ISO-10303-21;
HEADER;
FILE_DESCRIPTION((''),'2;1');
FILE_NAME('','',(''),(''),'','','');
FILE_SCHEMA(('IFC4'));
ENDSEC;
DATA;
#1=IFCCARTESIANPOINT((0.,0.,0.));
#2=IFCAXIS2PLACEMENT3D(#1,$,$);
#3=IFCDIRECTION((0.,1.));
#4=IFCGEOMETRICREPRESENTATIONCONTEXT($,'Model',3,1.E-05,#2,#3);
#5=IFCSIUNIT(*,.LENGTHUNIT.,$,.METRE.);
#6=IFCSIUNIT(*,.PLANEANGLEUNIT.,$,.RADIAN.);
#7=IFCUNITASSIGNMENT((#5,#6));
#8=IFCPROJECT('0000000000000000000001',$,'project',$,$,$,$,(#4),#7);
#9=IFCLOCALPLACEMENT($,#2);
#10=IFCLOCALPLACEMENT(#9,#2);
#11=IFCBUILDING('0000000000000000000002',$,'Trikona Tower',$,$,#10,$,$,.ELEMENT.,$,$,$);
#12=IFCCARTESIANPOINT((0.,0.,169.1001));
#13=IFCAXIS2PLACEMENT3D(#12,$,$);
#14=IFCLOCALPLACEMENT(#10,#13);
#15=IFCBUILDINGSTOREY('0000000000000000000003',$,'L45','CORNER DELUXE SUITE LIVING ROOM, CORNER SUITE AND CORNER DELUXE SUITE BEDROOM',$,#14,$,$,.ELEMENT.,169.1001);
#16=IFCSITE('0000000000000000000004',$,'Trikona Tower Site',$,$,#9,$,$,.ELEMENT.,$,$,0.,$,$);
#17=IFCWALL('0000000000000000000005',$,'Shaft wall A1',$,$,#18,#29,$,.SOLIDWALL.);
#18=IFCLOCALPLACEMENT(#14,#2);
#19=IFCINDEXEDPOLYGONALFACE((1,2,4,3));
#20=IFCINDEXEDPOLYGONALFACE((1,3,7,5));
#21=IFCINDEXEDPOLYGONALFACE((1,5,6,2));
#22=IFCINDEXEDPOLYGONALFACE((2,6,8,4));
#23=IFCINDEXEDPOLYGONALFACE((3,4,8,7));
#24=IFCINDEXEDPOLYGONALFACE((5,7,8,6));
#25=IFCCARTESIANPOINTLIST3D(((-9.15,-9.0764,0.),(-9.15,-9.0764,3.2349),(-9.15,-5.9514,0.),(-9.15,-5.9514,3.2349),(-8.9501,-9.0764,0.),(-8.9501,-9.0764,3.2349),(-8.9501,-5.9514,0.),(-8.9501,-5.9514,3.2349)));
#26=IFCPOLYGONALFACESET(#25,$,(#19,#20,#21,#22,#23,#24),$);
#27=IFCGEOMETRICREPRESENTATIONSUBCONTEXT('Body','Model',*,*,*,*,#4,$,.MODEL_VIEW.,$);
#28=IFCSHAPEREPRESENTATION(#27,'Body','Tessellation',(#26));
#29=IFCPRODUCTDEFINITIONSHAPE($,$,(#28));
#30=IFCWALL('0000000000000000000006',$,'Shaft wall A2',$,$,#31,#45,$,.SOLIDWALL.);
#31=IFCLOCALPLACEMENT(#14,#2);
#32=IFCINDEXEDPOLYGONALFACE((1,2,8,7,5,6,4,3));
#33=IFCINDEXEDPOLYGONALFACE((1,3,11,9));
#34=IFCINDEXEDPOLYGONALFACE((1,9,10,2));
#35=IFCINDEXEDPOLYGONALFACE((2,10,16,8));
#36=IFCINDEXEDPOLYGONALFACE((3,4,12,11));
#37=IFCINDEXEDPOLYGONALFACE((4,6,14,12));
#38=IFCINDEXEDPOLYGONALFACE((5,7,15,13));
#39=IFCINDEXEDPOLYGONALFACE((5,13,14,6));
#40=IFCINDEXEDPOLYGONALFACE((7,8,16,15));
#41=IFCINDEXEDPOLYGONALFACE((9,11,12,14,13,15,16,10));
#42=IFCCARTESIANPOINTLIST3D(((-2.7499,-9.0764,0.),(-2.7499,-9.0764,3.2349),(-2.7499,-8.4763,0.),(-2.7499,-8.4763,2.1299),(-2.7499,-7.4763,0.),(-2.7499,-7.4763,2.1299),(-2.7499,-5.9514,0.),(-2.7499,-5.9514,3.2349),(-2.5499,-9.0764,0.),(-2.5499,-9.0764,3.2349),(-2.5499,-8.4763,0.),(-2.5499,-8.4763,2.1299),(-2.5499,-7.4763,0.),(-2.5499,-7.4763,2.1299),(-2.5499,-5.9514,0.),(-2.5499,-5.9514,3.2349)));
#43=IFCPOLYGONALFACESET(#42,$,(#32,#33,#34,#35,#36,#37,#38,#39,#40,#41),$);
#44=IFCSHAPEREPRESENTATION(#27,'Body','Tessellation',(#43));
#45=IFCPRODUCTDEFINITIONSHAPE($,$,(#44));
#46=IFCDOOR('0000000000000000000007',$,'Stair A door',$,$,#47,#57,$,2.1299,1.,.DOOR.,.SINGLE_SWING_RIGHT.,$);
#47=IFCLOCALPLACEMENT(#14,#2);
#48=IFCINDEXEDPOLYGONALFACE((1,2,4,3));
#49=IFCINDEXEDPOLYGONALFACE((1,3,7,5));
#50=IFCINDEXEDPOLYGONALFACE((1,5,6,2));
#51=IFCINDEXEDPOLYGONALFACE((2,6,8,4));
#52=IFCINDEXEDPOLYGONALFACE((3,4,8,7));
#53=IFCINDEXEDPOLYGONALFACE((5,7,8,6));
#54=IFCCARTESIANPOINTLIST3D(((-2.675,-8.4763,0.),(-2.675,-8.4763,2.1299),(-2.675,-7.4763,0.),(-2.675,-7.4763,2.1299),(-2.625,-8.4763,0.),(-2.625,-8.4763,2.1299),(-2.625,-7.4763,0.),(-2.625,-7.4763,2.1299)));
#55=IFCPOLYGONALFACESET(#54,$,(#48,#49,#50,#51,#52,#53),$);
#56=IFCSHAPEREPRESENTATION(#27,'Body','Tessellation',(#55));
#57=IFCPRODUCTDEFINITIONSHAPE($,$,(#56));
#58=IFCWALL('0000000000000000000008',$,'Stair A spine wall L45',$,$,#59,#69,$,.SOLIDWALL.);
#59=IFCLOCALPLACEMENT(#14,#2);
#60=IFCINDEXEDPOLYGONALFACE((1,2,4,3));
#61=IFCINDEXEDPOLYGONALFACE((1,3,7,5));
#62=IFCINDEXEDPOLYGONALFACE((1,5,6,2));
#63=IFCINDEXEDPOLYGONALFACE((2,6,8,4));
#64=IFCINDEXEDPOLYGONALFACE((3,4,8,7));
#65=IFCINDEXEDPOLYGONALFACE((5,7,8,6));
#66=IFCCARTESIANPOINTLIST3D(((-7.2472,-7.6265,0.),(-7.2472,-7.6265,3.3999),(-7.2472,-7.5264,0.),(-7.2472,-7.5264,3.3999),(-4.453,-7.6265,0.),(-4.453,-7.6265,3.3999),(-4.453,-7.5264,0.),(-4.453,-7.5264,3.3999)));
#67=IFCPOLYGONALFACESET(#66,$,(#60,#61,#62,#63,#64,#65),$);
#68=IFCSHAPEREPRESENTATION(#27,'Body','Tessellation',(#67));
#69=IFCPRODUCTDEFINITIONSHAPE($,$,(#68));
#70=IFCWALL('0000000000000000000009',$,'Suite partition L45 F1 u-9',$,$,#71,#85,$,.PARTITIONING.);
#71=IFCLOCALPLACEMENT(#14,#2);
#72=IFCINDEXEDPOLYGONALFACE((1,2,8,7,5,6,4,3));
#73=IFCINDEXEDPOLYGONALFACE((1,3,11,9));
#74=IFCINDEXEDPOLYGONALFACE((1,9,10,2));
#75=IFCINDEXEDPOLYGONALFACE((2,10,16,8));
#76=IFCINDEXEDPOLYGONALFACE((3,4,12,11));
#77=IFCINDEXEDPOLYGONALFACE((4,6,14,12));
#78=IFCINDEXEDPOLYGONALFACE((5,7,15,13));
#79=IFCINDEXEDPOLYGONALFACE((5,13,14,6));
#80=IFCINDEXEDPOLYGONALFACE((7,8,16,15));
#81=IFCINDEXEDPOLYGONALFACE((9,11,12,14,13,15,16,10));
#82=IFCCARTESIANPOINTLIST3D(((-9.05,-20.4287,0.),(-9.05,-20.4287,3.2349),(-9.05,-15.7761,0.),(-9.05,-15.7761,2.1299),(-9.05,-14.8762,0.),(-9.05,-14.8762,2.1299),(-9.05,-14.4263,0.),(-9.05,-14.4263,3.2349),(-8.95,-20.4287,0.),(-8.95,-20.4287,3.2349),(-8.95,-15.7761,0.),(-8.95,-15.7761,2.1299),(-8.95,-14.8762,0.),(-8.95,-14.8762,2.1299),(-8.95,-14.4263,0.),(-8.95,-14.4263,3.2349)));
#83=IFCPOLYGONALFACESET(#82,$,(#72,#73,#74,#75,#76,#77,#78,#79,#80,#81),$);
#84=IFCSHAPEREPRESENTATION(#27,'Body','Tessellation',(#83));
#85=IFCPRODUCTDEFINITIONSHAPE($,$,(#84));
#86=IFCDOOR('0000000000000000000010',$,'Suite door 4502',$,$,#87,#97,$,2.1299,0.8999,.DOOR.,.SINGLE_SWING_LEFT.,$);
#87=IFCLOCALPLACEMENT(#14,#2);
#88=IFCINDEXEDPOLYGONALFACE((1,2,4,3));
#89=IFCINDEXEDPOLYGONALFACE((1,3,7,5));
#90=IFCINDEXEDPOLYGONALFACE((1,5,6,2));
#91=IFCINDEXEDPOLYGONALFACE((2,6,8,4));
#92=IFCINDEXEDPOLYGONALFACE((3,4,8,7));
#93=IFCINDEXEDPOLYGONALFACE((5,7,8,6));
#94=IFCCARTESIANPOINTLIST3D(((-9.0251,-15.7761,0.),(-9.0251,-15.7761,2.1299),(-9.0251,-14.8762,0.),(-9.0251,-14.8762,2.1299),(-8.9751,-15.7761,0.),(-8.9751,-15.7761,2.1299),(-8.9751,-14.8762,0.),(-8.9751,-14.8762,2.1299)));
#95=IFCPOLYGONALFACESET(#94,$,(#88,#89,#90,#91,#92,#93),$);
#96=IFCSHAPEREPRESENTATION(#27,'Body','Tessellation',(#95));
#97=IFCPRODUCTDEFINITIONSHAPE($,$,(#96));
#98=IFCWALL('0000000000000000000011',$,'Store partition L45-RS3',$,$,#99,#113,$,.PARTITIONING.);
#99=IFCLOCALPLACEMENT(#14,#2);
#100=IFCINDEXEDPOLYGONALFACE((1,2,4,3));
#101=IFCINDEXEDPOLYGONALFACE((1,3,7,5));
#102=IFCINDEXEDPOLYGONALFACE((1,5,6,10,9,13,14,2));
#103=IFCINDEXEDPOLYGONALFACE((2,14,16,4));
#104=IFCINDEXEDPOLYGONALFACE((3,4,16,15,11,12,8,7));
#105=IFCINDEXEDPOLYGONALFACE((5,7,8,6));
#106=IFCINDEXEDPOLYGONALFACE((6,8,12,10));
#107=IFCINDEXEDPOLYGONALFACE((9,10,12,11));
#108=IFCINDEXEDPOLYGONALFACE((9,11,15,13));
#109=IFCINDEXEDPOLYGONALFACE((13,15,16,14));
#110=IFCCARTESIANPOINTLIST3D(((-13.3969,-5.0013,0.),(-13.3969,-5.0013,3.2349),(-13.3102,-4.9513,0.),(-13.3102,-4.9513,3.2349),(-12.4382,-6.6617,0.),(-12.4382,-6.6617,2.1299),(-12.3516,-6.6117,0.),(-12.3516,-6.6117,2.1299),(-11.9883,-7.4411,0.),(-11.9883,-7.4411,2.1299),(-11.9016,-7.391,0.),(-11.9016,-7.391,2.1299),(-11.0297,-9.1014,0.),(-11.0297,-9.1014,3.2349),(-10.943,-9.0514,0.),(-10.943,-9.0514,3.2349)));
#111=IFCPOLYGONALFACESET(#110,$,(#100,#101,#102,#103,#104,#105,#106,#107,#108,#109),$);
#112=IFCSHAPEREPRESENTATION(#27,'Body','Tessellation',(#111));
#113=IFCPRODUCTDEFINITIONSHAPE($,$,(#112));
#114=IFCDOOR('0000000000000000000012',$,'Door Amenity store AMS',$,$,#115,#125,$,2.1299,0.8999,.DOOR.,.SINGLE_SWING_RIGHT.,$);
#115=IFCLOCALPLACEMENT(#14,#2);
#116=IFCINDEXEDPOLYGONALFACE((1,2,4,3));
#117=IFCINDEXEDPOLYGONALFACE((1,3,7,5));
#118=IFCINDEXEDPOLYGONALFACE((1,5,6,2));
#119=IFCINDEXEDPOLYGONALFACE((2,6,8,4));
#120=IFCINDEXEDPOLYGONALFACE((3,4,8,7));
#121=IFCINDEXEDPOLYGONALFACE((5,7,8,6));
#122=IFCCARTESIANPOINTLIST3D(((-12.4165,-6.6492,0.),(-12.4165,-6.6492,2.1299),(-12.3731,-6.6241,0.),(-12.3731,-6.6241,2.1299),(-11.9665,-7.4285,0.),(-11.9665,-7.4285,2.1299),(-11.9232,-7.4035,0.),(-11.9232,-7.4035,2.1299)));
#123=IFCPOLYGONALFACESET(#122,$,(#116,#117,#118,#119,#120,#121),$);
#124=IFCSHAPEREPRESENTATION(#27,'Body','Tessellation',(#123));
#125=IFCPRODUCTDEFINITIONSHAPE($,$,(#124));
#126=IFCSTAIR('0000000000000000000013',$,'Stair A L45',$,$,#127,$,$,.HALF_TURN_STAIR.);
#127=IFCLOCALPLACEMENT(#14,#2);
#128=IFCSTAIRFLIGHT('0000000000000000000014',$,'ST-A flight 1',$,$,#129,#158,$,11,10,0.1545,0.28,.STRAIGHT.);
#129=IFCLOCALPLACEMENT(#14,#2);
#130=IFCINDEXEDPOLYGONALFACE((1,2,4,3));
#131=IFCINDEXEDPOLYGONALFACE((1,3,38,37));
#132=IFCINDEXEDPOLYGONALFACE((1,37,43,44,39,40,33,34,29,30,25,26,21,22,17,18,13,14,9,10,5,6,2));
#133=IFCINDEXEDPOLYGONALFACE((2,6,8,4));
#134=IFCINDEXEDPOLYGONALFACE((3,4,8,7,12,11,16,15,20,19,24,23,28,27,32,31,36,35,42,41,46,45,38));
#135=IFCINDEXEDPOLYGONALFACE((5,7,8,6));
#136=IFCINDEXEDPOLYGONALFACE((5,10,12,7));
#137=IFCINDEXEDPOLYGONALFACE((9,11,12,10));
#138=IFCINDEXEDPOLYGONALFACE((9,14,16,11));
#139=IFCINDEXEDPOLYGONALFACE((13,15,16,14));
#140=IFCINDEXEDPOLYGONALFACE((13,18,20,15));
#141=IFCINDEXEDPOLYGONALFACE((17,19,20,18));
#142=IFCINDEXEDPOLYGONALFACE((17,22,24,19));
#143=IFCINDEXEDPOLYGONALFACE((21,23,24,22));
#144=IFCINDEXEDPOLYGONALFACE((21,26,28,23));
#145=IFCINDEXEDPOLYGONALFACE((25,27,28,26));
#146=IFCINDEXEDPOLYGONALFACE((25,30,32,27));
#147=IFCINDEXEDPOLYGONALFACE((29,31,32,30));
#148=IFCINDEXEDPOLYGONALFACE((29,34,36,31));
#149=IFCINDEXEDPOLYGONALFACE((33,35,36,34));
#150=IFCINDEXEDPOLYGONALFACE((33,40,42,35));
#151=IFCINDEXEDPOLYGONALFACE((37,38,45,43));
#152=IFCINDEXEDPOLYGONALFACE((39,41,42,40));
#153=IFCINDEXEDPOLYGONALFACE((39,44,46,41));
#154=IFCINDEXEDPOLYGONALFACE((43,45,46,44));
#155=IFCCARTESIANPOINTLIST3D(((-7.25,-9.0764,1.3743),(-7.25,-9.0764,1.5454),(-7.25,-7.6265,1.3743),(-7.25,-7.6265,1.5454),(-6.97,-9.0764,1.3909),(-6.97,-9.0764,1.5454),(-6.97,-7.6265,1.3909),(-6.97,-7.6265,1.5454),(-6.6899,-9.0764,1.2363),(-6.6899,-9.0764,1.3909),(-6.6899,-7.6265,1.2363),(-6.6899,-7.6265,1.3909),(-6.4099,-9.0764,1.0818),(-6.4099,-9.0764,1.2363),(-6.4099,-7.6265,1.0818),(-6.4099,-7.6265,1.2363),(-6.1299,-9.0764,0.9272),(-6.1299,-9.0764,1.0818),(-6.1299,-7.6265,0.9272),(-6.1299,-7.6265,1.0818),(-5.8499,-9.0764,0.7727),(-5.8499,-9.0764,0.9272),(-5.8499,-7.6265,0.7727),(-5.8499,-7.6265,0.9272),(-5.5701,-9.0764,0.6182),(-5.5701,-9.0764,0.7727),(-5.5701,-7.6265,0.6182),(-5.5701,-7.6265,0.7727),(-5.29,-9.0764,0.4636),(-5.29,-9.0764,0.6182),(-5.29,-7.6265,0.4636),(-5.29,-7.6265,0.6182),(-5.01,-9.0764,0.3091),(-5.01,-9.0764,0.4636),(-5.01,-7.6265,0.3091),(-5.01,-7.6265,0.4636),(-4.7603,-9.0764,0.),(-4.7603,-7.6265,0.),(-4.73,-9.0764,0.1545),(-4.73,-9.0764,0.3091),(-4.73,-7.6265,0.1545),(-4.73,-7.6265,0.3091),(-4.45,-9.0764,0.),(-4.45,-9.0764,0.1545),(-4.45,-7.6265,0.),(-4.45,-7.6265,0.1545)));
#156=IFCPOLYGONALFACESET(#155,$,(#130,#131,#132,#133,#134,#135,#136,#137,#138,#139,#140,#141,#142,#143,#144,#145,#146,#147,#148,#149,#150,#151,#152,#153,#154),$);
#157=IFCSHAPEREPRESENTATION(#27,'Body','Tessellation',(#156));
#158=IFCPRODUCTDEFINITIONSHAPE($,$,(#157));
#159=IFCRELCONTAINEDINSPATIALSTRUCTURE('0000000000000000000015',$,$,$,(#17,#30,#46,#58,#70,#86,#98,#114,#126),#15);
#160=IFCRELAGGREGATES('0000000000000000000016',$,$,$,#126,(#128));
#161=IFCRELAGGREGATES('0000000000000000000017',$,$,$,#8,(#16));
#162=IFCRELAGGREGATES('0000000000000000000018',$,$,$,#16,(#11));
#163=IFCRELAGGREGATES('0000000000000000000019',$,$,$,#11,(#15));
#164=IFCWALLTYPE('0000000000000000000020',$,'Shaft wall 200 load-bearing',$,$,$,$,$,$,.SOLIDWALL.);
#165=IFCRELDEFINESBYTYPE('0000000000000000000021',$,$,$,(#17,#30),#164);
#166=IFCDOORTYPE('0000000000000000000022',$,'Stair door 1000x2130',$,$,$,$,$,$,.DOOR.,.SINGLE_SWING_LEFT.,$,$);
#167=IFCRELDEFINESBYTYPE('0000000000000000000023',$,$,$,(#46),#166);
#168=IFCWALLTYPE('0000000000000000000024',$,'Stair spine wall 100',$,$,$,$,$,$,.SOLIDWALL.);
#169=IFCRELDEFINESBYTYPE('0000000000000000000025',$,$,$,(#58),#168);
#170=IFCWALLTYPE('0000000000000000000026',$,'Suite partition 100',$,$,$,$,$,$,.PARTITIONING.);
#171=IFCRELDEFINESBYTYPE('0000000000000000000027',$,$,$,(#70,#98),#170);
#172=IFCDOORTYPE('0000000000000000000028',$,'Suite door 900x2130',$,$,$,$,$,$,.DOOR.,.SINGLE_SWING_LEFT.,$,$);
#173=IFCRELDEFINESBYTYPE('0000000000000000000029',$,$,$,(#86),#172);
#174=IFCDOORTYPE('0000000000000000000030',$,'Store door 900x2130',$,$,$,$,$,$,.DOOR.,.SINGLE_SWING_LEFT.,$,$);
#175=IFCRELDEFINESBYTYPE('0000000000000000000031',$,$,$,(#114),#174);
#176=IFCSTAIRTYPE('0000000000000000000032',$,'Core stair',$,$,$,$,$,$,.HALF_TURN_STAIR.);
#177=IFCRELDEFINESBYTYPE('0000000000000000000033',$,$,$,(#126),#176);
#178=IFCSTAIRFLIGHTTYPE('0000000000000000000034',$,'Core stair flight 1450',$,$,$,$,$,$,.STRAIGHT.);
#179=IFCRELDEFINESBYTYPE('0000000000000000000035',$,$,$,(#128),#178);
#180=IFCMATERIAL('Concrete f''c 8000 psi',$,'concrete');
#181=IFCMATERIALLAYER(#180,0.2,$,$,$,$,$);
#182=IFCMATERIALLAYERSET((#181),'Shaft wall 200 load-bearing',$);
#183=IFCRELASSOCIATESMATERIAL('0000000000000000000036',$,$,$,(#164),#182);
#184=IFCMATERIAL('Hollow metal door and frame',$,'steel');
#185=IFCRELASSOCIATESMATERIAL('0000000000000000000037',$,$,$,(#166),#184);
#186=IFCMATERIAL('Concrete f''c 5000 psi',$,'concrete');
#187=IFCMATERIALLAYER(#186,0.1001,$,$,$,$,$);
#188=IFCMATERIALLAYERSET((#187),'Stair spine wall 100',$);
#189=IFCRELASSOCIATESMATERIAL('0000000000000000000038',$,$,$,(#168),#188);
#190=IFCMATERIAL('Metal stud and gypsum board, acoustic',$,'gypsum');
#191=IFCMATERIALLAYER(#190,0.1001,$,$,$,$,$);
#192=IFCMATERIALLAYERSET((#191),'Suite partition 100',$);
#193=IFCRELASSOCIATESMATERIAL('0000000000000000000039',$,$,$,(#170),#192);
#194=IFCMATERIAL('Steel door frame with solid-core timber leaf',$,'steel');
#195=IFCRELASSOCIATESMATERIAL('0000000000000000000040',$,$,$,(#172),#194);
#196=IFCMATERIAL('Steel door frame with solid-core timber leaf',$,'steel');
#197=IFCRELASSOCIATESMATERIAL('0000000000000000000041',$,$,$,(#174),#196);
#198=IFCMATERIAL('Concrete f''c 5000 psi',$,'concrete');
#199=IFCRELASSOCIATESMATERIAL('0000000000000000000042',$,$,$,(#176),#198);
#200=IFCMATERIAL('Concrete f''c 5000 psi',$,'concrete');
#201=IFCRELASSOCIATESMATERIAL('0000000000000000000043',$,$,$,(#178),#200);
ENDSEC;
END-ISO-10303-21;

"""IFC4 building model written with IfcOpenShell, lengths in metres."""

from ifc_helpers import new_model, si_unit, direction, frame, frame_2d, origin, place, context, subcontext, project, spatial, polyline, rectangle, outline, extrude, material, layer, layer_set, type_object, element, fill, aggregate, save


model = new_model("IFC4")

# Units and contexts
model_context = context("Model", 3, precision=1e-05, world=origin(), true_north=direction((0.0, 1.0)))
body_context = subcontext(model_context, "Body", "Model", "MODEL_VIEW")
ifc_project = project(units=[si_unit("LENGTHUNIT", "METRE"), si_unit("PLANEANGLEUNIT", "RADIAN")], contexts=[model_context])

# Site, building, storey
site_placement = place(None, origin())
site = spatial("IfcSite", under=ifc_project, at=site_placement, Name="Trikona Tower Site", CompositionType="ELEMENT", RefElevation=0.0)
building_placement = place(site_placement, origin())
building = spatial("IfcBuilding", under=site, at=building_placement, Name="Trikona Tower", CompositionType="ELEMENT")
storey_placement = place(building_placement, frame((0.0, 0.0, 169.1001)))
storey = spatial("IfcBuildingStorey", under=building, at=storey_placement, Name="L45", Description="CORNER DELUXE SUITE LIVING ROOM, CORNER SUITE AND CORNER DELUXE SUITE BEDROOM", CompositionType="ELEMENT", Elevation=169.1001)

# Wall
ifc_material_1 = material(Name="Concrete f'c 8000 psi", Category="concrete")
ifc_layer_1 = layer(ifc_material_1, 0.2)
ifc_layer_set_1 = layer_set([ifc_layer_1], Name="Shaft wall 200 load-bearing")
wall_type_1 = type_object("IfcWallType", Name="Shaft wall 200 load-bearing", PredefinedType="SOLIDWALL", material=ifc_layer_set_1)
wall_1_placement = place(storey_placement, frame((-9.05, -5.9514, 0.0), z_axis=(0.0, 0.0, 1.0), x_axis=(0.0, -1.0, 0.0)))
element("IfcWall", 1, at=wall_1_placement, inside=storey, type_object=wall_type_1, Name="Shaft wall A1", PredefinedType="SOLIDWALL", context=body_context, shape_type="SweptSolid", body=[
    extrude(rectangle(XDim=3.125, YDim=0.2, at=frame_2d((1.5625, 0.0))), origin(), (0.0, 0.0, 1.0), 3.2349),
])

# Wall, opening, door
wall_2_placement = place(storey_placement, frame((-2.6499, -5.9514, 0.0), z_axis=(0.0, 0.0, 1.0), x_axis=(0.0, -1.0, 0.0)))
wall_2 = element("IfcWall", 2, at=wall_2_placement, inside=storey, type_object=wall_type_1, Name="Shaft wall A2", PredefinedType="SOLIDWALL", context=body_context, shape_type="SweptSolid", body=[
    extrude(rectangle(XDim=3.125, YDim=0.2, at=frame_2d((1.5625, 0.0))), origin(), (0.0, 0.0, 1.0), 3.2349),
])
opening_1_placement = place(wall_2_placement, frame((1.5249, 0.0, 0.0)))
opening_1 = element("IfcOpeningElement", 3, at=opening_1_placement, cuts=wall_2, PredefinedType="OPENING", context=body_context, shape_type="SweptSolid", body=[
    extrude(rectangle(XDim=1.0, YDim=2.1299, at=frame_2d((0.5, 1.0649))), frame((0.0, 0.1099, 0.0), z_axis=(0.0, -1.0, 0.0), x_axis=(1.0, 0.0, 0.0)), (0.0, 0.0, 1.0), 0.22),
])
ifc_material_2 = material(Name="Hollow metal door and frame", Category="steel")
door_type_1 = type_object("IfcDoorType", Name="Stair door 1000x2130", OperationType="SINGLE_SWING_LEFT", PredefinedType="DOOR", material=ifc_material_2)
door_1_placement = place(opening_1_placement, origin())
door_1 = element("IfcDoor", 4, at=door_1_placement, inside=storey, type_object=door_type_1, Name="Stair A door", OperationType="SINGLE_SWING_RIGHT", OverallHeight=2.1299, OverallWidth=1.0, PredefinedType="DOOR", context=body_context, shape_type="SweptSolid", body=[
    extrude(rectangle(XDim=1.0, YDim=2.1299, at=frame_2d((0.5, 1.0649))), frame((0.0, 0.0249, 0.0), z_axis=(0.0, -1.0, 0.0), x_axis=(1.0, 0.0, 0.0)), (0.0, 0.0, 1.0), 0.05),
])
fill(opening_1, door_1)

# Wall
ifc_material_3 = material(Name="Concrete f'c 5000 psi", Category="concrete")
ifc_layer_2 = layer(ifc_material_3, 0.1001)
ifc_layer_set_2 = layer_set([ifc_layer_2], Name="Stair spine wall 100")
wall_type_2 = type_object("IfcWallType", Name="Stair spine wall 100", PredefinedType="SOLIDWALL", material=ifc_layer_set_2)
wall_3_placement = place(storey_placement, frame((-7.2471, -7.5764, 0.0), z_axis=(0.0, 0.0, 1.0), x_axis=(1.0, 0.0, 0.0)))
element("IfcWall", 5, at=wall_3_placement, inside=storey, type_object=wall_type_2, Name="Stair A spine wall L45", PredefinedType="SOLIDWALL", context=body_context, shape_type="SweptSolid", body=[
    extrude(rectangle(XDim=2.7942, YDim=0.1001, at=frame_2d((1.397, 0.0))), origin(), (0.0, 0.0, 1.0), 3.3999),
])

# Walls, openings, doors
ifc_material_4 = material(Name="Metal stud and gypsum board, acoustic", Category="gypsum")
ifc_layer_3 = layer(ifc_material_4, 0.1001)
ifc_layer_set_3 = layer_set([ifc_layer_3], Name="Suite partition 100")
wall_type_3 = type_object("IfcWallType", Name="Suite partition 100", PredefinedType="PARTITIONING", material=ifc_layer_set_3)
wall_4_placement = place(storey_placement, frame((-9.0, -14.4263, 0.0), z_axis=(0.0, 0.0, 1.0), x_axis=(0.0, -1.0, 0.0)))
wall_4 = element("IfcWall", 6, at=wall_4_placement, inside=storey, type_object=wall_type_3, Name="Suite partition L45 F1 u-9", PredefinedType="PARTITIONING", context=body_context, shape_type="SweptSolid", body=[
    extrude(rectangle(XDim=6.0024, YDim=0.1001, at=frame_2d((3.0012, 0.0))), origin(), (0.0, 0.0, 1.0), 3.2349),
])
opening_2_placement = place(wall_4_placement, frame((0.45, 0.0, 0.0)))
opening_2 = element("IfcOpeningElement", 7, at=opening_2_placement, cuts=wall_4, PredefinedType="OPENING", context=body_context, shape_type="SweptSolid", body=[
    extrude(rectangle(XDim=0.8999, YDim=2.1299, at=frame_2d((0.45, 1.0649))), frame((0.0, 0.0601, 0.0), z_axis=(0.0, -1.0, 0.0), x_axis=(1.0, 0.0, 0.0)), (0.0, 0.0, 1.0), 0.1201),
])
ifc_material_5 = material(Name="Steel door frame with solid-core timber leaf", Category="steel")
door_type_2 = type_object("IfcDoorType", Name="Suite door 900x2130", OperationType="SINGLE_SWING_LEFT", PredefinedType="DOOR", material=ifc_material_5)
door_2_placement = place(opening_2_placement, origin())
door_2 = element("IfcDoor", 8, at=door_2_placement, inside=storey, type_object=door_type_2, Name="Suite door 4502", OperationType="SINGLE_SWING_LEFT", OverallHeight=2.1299, OverallWidth=0.8999, PredefinedType="DOOR", context=body_context, shape_type="SweptSolid", body=[
    extrude(rectangle(XDim=0.8999, YDim=2.1299, at=frame_2d((0.45, 1.0649))), frame((0.0, 0.0249, 0.0), z_axis=(0.0, -1.0, 0.0), x_axis=(1.0, 0.0, 0.0)), (0.0, 0.0, 1.0), 0.05),
])
fill(opening_2, door_2)
wall_5_placement = place(storey_placement, frame((-10.9863, -9.0764, 0.0), z_axis=(0.0, 0.0, 1.0), x_axis=(-0.499999, 0.866026, 0.0)))
wall_5 = element("IfcWall", 9, at=wall_5_placement, inside=storey, type_object=wall_type_3, Name="Store partition L45-RS3", PredefinedType="PARTITIONING", context=body_context, shape_type="SweptSolid", body=[
    extrude(rectangle(XDim=4.7344, YDim=0.1001, at=frame_2d((2.3672, 0.0))), origin(), (0.0, 0.0, 1.0), 3.2349),
])
opening_3_placement = place(wall_5_placement, frame((1.9172, 0.0, 0.0)))
opening_3 = element("IfcOpeningElement", 10, at=opening_3_placement, cuts=wall_5, PredefinedType="OPENING", context=body_context, shape_type="SweptSolid", body=[
    extrude(rectangle(XDim=0.8999, YDim=2.1299, at=frame_2d((0.45, 1.0649))), frame((0.0, 0.0601, 0.0), z_axis=(0.0, -1.0, 0.0), x_axis=(1.0, 0.0, 0.0)), (0.0, 0.0, 1.0), 0.1201),
])
ifc_material_6 = material(Name="Steel door frame with solid-core timber leaf", Category="steel")
door_type_3 = type_object("IfcDoorType", Name="Store door 900x2130", OperationType="SINGLE_SWING_LEFT", PredefinedType="DOOR", material=ifc_material_6)
door_3_placement = place(opening_3_placement, origin())
door_3 = element("IfcDoor", 11, at=door_3_placement, inside=storey, type_object=door_type_3, Name="Door Amenity store AMS", OperationType="SINGLE_SWING_RIGHT", OverallHeight=2.1299, OverallWidth=0.8999, PredefinedType="DOOR", context=body_context, shape_type="SweptSolid", body=[
    extrude(rectangle(XDim=0.8999, YDim=2.1299, at=frame_2d((0.45, 1.0649))), frame((0.0, 0.0249, 0.0), z_axis=(0.0, -1.0, 0.0), x_axis=(1.0, 0.0, 0.0)), (0.0, 0.0, 1.0), 0.05),
])
fill(opening_3, door_3)

# Stair, stair flight
ifc_material_7 = material(Name="Concrete f'c 5000 psi", Category="concrete")
stair_type = type_object("IfcStairType", Name="Core stair", PredefinedType="HALF_TURN_STAIR", material=ifc_material_7)
stair_placement = place(storey_placement, origin())
stair = element("IfcStair", 12, at=stair_placement, inside=storey, type_object=stair_type, Name="Stair A L45", PredefinedType="HALF_TURN_STAIR")
ifc_material_8 = material(Name="Concrete f'c 5000 psi", Category="concrete")
stair_flight_type = type_object("IfcStairFlightType", Name="Core stair flight 1450", PredefinedType="STRAIGHT", material=ifc_material_8)
stair_flight_1_placement = place(storey_placement, frame((-4.45, -8.3513, 0.0), z_axis=(0.0, 0.0, 1.0), x_axis=(-1.0, 0.0, 0.0)))
stair_flight_1 = element("IfcStairFlight", 13, at=stair_flight_1_placement, type_object=stair_flight_type, Name="ST-A flight 1", NumberOfRisers=11, NumberOfTreads=10, PredefinedType="STRAIGHT", RiserHeight=0.1545, TreadLength=0.28, context=body_context, shape_type="SweptSolid", body=[
    extrude(outline(polyline([(0.0, 0.0), (0.0, 0.1545), (0.28, 0.1545), (0.28, 0.3091), (0.5601, 0.3091), (0.5601, 0.4636), (0.8401, 0.4636), (0.8401, 0.6182), (1.1201, 0.6182), (1.1201, 0.7727), (1.3999, 0.7727), (1.3999, 0.9272), (1.6799, 0.9272), (1.6799, 1.0818), (1.96, 1.0818), (1.96, 1.2363), (2.24, 1.2363), (2.24, 1.3909), (2.52, 1.3909), (2.52, 1.5454), (2.8, 1.5454), (2.8, 1.7), (2.8, 1.3743), (0.3103, 0.0), (0.0, 0.0)])), frame((0.0, 0.7251, 0.0), z_axis=(0.0, -1.0, 0.0), x_axis=(1.0, 0.0, 0.0)), (0.0, 0.0, 1.0), 1.45),
])
aggregate(stair, [stair_flight_1])

save(model, "model.ifc")
